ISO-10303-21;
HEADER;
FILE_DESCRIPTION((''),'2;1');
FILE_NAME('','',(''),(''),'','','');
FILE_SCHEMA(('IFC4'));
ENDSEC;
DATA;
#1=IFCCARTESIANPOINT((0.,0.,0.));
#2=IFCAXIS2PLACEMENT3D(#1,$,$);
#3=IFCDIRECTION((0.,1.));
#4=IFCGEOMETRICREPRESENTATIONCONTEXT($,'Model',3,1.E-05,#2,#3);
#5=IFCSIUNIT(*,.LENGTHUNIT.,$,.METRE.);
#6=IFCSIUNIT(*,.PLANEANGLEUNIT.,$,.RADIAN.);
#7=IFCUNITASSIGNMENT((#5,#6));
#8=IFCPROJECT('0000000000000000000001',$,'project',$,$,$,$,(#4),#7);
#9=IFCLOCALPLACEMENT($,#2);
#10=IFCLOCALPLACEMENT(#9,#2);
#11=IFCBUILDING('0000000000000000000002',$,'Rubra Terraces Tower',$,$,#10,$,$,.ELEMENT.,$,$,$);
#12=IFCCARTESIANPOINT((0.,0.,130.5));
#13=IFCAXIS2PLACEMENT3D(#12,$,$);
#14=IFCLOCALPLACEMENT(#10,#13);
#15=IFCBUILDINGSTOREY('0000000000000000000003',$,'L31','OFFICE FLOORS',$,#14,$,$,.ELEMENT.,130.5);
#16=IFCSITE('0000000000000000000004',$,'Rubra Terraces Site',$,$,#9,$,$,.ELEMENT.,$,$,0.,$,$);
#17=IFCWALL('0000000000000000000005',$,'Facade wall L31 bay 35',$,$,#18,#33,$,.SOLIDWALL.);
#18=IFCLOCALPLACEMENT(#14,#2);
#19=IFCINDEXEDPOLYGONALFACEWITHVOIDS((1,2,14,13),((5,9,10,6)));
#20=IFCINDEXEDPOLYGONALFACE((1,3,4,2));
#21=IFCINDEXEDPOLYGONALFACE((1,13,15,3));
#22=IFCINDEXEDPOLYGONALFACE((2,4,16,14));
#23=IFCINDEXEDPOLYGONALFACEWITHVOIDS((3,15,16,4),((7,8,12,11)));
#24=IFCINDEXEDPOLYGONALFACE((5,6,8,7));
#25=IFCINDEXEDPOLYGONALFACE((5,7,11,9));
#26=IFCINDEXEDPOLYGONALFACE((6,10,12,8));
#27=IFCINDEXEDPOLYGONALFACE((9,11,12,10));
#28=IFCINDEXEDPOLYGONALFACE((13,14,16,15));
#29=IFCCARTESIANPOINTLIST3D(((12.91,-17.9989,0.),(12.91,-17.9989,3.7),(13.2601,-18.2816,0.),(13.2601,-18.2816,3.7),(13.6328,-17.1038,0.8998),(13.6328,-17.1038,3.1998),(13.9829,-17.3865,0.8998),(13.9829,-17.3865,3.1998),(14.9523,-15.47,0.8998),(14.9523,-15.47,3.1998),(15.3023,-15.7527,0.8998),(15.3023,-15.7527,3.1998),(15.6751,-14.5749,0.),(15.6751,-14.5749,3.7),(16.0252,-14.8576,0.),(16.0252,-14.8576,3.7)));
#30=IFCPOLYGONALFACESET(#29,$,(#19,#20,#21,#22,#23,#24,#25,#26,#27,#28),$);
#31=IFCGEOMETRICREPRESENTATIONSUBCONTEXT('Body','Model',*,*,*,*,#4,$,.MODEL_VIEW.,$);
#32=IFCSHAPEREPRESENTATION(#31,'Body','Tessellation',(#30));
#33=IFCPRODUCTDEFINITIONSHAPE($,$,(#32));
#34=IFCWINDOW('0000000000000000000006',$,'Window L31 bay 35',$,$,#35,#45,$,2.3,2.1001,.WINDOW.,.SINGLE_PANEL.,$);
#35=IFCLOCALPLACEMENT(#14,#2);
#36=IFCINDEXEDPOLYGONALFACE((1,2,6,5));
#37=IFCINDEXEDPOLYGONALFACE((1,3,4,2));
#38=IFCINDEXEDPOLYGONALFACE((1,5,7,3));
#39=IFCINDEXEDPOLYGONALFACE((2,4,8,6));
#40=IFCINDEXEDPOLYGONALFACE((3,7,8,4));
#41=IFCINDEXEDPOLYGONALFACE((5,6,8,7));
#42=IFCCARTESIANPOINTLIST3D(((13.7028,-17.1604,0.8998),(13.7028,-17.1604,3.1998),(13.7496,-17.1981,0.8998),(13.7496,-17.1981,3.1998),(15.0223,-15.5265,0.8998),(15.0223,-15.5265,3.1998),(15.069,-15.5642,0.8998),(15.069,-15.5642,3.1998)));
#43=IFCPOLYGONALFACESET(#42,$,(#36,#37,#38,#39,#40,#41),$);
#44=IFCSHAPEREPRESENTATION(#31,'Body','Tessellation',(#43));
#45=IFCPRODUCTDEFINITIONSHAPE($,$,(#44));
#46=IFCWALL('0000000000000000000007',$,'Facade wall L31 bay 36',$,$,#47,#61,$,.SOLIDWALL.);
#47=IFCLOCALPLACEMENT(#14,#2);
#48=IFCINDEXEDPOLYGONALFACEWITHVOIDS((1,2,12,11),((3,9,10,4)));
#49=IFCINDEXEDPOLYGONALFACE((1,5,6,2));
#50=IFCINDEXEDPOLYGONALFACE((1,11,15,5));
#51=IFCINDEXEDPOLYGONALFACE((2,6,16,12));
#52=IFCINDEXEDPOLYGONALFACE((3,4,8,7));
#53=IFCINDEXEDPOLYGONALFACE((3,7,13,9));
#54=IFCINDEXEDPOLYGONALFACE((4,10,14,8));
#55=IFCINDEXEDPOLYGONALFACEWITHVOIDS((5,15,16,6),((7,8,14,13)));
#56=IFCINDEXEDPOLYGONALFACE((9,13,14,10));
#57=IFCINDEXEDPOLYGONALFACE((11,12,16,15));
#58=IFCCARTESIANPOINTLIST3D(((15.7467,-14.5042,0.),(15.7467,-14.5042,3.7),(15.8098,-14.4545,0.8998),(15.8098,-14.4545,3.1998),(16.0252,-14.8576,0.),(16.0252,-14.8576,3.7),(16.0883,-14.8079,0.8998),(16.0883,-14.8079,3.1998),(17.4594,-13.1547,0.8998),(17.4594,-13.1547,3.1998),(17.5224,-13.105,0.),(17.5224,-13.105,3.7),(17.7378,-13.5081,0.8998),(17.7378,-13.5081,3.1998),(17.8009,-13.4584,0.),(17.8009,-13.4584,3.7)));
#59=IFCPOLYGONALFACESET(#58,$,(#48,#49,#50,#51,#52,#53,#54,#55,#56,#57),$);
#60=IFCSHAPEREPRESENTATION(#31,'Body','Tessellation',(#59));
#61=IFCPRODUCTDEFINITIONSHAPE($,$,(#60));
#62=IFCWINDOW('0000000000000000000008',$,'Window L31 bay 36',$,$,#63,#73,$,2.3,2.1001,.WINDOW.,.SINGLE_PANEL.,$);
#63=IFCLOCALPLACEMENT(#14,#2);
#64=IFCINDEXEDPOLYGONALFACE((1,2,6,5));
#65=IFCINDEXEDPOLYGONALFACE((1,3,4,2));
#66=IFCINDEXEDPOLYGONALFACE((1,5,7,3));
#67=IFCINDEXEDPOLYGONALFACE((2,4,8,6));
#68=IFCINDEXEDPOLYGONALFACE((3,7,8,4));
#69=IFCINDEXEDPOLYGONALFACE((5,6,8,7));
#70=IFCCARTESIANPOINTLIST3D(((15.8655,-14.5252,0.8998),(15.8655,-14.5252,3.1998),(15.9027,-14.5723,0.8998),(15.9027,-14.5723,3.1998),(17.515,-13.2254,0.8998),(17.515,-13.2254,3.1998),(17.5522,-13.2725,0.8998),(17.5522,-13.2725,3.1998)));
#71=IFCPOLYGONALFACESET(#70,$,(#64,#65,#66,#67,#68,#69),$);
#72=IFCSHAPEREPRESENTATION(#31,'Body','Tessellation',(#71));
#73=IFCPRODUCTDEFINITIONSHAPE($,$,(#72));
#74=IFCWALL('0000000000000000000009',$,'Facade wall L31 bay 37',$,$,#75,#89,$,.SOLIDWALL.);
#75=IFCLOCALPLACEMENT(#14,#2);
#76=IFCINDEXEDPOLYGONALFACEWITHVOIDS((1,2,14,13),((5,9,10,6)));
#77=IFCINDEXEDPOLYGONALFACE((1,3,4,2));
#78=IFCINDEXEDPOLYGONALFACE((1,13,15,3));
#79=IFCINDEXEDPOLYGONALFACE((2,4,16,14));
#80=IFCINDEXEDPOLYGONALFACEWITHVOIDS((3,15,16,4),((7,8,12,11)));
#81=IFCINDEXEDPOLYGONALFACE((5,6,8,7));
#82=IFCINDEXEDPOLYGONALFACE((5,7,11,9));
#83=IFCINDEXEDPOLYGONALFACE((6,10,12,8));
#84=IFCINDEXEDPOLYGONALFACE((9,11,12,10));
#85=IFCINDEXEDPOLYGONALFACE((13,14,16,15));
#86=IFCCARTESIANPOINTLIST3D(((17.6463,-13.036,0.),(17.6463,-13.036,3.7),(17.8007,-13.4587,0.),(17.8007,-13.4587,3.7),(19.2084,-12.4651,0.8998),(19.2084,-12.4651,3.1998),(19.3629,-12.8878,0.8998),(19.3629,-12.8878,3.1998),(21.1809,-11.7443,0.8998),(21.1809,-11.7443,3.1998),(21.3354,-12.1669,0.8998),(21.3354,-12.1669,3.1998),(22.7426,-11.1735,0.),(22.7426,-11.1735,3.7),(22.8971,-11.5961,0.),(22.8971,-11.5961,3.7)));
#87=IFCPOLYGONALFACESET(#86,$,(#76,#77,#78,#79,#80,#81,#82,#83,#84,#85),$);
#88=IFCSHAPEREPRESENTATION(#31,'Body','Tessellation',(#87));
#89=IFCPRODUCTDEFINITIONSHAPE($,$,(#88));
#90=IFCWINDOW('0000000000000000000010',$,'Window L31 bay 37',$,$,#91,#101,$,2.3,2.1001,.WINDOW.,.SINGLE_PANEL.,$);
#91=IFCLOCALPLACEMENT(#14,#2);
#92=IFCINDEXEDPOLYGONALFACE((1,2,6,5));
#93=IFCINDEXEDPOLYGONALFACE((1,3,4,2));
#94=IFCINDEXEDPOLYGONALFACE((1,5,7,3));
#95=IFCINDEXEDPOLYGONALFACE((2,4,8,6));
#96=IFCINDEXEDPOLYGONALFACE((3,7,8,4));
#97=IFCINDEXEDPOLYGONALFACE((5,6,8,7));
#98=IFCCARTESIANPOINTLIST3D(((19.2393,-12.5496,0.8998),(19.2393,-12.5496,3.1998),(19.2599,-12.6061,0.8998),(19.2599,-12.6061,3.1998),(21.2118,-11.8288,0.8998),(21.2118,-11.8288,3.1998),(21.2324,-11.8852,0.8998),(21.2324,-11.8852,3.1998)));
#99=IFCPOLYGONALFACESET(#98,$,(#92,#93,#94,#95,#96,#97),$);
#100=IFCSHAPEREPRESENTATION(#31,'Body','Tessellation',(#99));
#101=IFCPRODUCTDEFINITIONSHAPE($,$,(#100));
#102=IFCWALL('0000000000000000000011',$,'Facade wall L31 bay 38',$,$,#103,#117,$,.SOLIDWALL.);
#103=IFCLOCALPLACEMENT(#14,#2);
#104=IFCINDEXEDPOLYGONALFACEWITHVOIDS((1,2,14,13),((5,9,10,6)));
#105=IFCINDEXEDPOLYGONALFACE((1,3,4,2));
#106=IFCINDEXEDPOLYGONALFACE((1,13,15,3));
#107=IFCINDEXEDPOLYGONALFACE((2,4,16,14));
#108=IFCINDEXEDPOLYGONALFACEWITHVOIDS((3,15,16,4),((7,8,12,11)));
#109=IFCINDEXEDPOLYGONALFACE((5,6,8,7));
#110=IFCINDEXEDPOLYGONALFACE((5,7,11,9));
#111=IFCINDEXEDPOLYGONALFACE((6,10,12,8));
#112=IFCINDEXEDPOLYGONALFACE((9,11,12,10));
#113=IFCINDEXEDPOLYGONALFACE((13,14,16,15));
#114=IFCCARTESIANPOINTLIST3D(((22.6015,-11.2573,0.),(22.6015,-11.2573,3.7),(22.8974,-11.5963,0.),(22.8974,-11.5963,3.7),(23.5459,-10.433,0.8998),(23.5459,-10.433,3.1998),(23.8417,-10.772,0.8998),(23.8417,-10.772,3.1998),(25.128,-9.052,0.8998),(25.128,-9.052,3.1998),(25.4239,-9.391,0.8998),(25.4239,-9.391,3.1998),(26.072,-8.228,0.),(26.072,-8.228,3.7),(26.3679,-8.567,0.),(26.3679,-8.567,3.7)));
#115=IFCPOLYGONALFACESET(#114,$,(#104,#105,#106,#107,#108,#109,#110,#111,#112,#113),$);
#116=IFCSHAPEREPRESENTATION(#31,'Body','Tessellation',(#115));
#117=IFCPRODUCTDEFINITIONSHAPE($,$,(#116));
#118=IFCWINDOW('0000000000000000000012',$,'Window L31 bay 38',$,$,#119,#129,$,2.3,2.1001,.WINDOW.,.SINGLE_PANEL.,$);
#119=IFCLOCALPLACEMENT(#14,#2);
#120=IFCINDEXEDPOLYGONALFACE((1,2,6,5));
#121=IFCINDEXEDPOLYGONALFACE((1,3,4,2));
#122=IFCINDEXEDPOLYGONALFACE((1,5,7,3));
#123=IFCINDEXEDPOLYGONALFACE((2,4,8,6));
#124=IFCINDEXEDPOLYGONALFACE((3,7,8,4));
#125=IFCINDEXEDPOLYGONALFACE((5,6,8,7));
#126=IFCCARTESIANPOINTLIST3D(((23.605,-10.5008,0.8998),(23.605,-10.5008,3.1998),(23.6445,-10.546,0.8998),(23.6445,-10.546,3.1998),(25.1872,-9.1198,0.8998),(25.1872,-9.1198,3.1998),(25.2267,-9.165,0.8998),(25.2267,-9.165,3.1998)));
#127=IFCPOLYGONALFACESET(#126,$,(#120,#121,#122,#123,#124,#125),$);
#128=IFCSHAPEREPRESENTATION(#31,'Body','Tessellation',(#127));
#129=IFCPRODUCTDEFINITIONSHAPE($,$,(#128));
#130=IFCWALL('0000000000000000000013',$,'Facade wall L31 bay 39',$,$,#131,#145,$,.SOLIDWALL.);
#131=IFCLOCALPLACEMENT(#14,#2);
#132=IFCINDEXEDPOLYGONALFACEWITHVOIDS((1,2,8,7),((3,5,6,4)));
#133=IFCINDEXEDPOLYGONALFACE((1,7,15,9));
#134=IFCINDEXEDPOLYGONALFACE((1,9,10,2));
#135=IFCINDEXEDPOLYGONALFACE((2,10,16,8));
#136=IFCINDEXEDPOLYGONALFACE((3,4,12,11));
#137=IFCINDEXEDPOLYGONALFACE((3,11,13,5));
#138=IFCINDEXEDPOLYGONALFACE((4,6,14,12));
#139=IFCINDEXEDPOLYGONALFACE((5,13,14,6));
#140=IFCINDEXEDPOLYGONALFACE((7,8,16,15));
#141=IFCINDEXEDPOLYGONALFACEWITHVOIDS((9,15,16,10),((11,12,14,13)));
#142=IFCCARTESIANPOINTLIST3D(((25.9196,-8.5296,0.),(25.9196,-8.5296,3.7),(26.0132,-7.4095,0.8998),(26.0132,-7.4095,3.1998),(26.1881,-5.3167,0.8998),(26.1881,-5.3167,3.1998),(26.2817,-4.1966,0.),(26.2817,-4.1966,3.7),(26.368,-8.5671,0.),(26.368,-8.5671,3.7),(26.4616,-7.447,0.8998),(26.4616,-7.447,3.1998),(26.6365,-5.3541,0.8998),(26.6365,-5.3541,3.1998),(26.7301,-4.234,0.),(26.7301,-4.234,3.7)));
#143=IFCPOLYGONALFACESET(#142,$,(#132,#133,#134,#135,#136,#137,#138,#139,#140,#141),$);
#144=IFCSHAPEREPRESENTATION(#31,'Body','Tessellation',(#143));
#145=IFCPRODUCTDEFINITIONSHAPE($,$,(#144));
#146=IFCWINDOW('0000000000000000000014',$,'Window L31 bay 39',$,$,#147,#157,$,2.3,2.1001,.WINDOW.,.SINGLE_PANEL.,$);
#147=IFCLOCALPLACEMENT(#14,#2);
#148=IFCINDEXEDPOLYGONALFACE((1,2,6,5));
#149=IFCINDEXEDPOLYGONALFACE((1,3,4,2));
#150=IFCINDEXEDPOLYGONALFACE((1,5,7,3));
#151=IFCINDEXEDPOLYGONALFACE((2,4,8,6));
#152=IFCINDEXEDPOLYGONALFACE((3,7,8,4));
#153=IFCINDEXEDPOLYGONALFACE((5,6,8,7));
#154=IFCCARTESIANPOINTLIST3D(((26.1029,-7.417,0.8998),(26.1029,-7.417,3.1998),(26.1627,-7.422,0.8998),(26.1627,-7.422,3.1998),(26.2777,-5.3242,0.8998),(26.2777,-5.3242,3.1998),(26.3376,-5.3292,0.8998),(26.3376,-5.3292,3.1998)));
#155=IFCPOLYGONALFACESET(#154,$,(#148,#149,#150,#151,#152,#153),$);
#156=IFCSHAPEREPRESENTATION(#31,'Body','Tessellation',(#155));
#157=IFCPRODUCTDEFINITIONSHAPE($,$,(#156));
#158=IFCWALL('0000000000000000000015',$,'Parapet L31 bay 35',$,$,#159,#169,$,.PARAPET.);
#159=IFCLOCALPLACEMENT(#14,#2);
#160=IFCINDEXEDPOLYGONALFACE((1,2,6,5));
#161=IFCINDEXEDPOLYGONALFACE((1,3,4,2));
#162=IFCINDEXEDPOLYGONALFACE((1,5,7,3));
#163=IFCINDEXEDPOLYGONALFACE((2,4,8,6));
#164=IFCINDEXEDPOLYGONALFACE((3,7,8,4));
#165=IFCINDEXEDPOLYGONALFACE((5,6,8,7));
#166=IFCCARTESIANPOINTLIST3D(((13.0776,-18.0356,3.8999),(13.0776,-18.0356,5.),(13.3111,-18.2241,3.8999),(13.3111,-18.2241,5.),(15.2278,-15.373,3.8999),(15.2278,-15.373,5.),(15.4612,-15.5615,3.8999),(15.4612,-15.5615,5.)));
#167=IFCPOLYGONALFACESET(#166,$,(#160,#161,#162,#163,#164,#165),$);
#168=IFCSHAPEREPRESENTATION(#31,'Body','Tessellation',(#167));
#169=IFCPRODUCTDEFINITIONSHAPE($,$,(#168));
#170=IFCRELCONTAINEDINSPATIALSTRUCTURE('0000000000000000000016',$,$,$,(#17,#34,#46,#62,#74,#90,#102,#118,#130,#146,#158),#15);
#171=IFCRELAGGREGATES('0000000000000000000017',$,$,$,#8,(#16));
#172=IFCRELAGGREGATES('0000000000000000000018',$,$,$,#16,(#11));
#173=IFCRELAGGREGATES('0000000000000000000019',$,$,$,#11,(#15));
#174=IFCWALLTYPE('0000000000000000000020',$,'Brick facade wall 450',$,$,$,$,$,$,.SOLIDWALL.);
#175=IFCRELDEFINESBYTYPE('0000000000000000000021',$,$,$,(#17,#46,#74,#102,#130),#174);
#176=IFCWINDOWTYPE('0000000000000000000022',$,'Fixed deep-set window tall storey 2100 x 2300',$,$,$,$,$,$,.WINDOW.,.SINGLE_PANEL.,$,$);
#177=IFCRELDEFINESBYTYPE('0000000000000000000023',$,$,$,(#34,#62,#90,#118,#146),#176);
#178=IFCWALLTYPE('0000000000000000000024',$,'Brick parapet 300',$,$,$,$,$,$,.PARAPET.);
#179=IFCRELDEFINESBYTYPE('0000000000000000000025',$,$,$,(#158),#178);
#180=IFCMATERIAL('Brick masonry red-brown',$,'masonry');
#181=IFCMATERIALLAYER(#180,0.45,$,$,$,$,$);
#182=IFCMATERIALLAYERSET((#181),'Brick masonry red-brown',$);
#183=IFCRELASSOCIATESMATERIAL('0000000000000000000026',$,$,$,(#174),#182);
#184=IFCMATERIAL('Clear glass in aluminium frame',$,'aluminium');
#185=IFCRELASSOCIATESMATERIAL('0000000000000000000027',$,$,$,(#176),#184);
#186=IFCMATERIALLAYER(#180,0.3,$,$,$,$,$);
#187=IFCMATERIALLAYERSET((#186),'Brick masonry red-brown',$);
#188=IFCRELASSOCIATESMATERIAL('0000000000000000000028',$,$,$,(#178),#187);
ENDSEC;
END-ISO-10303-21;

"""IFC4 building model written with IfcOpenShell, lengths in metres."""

from ifc_helpers import new_model, si_unit, direction, frame, frame_2d, origin, place, context, subcontext, project, spatial, rectangle, extrude, material, layer, layer_set, type_object, element, fill, save


model = new_model("IFC4")

# Units and contexts
model_context = context("Model", 3, precision=1e-05, world=origin(), true_north=direction((0.0, 1.0)))
body_context = subcontext(model_context, "Body", "Model", "MODEL_VIEW")
ifc_project = project(units=[si_unit("LENGTHUNIT", "METRE"), si_unit("PLANEANGLEUNIT", "RADIAN")], contexts=[model_context])

# Site, building, storey
site_placement = place(None, origin())
site = spatial("IfcSite", under=ifc_project, at=site_placement, Name="Rubra Terraces Site", CompositionType="ELEMENT", RefElevation=0.0)
building_placement = place(site_placement, origin())
building = spatial("IfcBuilding", under=site, at=building_placement, Name="Rubra Terraces Tower", CompositionType="ELEMENT")
storey_placement = place(building_placement, frame((0.0, 0.0, 130.5)))
storey = spatial("IfcBuildingStorey", under=building, at=storey_placement, Name="L31", Description="OFFICE FLOORS", CompositionType="ELEMENT", Elevation=130.5)

# Walls, openings, windows
ifc_material_1 = material(Name="Brick masonry red-brown", Category="masonry")
ifc_layer_1 = layer(ifc_material_1, 0.45)
ifc_layer_set_1 = layer_set([ifc_layer_1], Name="Brick masonry red-brown")
wall_type_1 = type_object("IfcWallType", Name="Brick facade wall 450", PredefinedType="SOLIDWALL", material=ifc_layer_set_1)
wall_1_placement = place(storey_placement, frame((13.085, -18.1404, 0.0), z_axis=(0.0, 0.0, 1.0), x_axis=(0.628274, 0.777992, 0.0)))
wall_1 = element("IfcWall", 1, at=wall_1_placement, inside=storey, type_object=wall_type_1, Name="Facade wall L31 bay 35", PredefinedType="SOLIDWALL", context=body_context, shape_type="SweptSolid", body=[
    extrude(rectangle(XDim=4.4011, YDim=0.45, at=frame_2d((2.2007, 0.0))), origin(), (0.0, 0.0, 1.0), 3.7),
])
opening_1_placement = place(wall_1_placement, frame((1.1506, 0.0, 0.8999)))
opening_1 = element("IfcOpeningElement", 2, at=opening_1_placement, cuts=wall_1, PredefinedType="OPENING", context=body_context, shape_type="SweptSolid", body=[
    extrude(rectangle(XDim=2.1001, YDim=2.3, at=frame_2d((1.05, 1.1499))), frame((0.0, 0.2349, 0.0), z_axis=(0.0, -1.0, 0.0), x_axis=(1.0, 0.0, 0.0)), (0.0, 0.0, 1.0), 0.47),
])
ifc_material_2 = material(Name="Clear glass in aluminium frame", Category="aluminium")
window_type = type_object("IfcWindowType", Name="Fixed deep-set window tall storey 2100 x 2300", PartitioningType="SINGLE_PANEL", PredefinedType="WINDOW", material=ifc_material_2)
window_1_placement = place(opening_1_placement, origin())
window_1 = element("IfcWindow", 3, at=window_1_placement, inside=storey, type_object=window_type, Name="Window L31 bay 35", OverallHeight=2.3, OverallWidth=2.1001, PartitioningType="SINGLE_PANEL", PredefinedType="WINDOW", context=body_context, shape_type="SweptSolid", body=[
    extrude(rectangle(XDim=2.1001, YDim=2.3, at=frame_2d((1.05, 1.1499))), frame((0.0, 0.135, 0.0), z_axis=(0.0, -1.0, 0.0), x_axis=(1.0, 0.0, 0.0)), (0.0, 0.0, 1.0), 0.0601),
])
fill(opening_1, window_1)
wall_2_placement = place(storey_placement, frame((15.886, -14.6809, 0.0), z_axis=(0.0, 0.0, 1.0), x_axis=(0.785452, 0.618923, 0.0)))
wall_2 = element("IfcWall", 4, at=wall_2_placement, inside=storey, type_object=wall_type_1, Name="Facade wall L31 bay 36", PredefinedType="SOLIDWALL", context=body_context, shape_type="SweptSolid", body=[
    extrude(rectangle(XDim=2.2607, YDim=0.45, at=frame_2d((1.1304, 0.0))), origin(), (0.0, 0.0, 1.0), 3.7),
])
opening_2_placement = place(wall_2_placement, frame((0.0803, 0.0, 0.8999)))
opening_2 = element("IfcOpeningElement", 5, at=opening_2_placement, cuts=wall_2, PredefinedType="OPENING", context=body_context, shape_type="SweptSolid", body=[
    extrude(rectangle(XDim=2.1001, YDim=2.3, at=frame_2d((1.05, 1.1499))), frame((0.0, 0.2349, 0.0), z_axis=(0.0, -1.0, 0.0), x_axis=(1.0, 0.0, 0.0)), (0.0, 0.0, 1.0), 0.47),
])
window_2_placement = place(opening_2_placement, origin())
window_2 = element("IfcWindow", 6, at=window_2_placement, inside=storey, type_object=window_type, Name="Window L31 bay 36", OverallHeight=2.3, OverallWidth=2.1001, PartitioningType="SINGLE_PANEL", PredefinedType="WINDOW", context=body_context, shape_type="SweptSolid", body=[
    extrude(rectangle(XDim=2.1001, YDim=2.3, at=frame_2d((1.05, 1.1499))), frame((0.0, 0.135, 0.0), z_axis=(0.0, -1.0, 0.0), x_axis=(1.0, 0.0, 0.0)), (0.0, 0.0, 1.0), 0.0601),
])
fill(opening_2, window_2)
wall_3_placement = place(storey_placement, frame((17.7236, -13.2473, 0.0), z_axis=(0.0, 0.0, 1.0), x_axis=(0.939242, 0.343256, 0.0)))
wall_3 = element("IfcWall", 7, at=wall_3_placement, inside=storey, type_object=wall_type_1, Name="Facade wall L31 bay 37", PredefinedType="SOLIDWALL", context=body_context, shape_type="SweptSolid", body=[
    extrude(rectangle(XDim=5.426, YDim=0.45, at=frame_2d((2.7129, 0.0))), origin(), (0.0, 0.0, 1.0), 3.7),
])
opening_3_placement = place(wall_3_placement, frame((1.6631, 0.0, 0.8999)))
opening_3 = element("IfcOpeningElement", 8, at=opening_3_placement, cuts=wall_3, PredefinedType="OPENING", context=body_context, shape_type="SweptSolid", body=[
    extrude(rectangle(XDim=2.1001, YDim=2.3, at=frame_2d((1.05, 1.1499))), frame((0.0, 0.2349, 0.0), z_axis=(0.0, -1.0, 0.0), x_axis=(1.0, 0.0, 0.0)), (0.0, 0.0, 1.0), 0.47),
])
window_3_placement = place(opening_3_placement, origin())
window_3 = element("IfcWindow", 9, at=window_3_placement, inside=storey, type_object=window_type, Name="Window L31 bay 37", OverallHeight=2.3, OverallWidth=2.1001, PartitioningType="SINGLE_PANEL", PredefinedType="WINDOW", context=body_context, shape_type="SweptSolid", body=[
    extrude(rectangle(XDim=2.1001, YDim=2.3, at=frame_2d((1.05, 1.1499))), frame((0.0, 0.135, 0.0), z_axis=(0.0, -1.0, 0.0), x_axis=(1.0, 0.0, 0.0)), (0.0, 0.0, 1.0), 0.0601),
])
fill(opening_3, window_3)
wall_4_placement = place(storey_placement, frame((22.7495, -11.4268, 0.0), z_axis=(0.0, 0.0, 1.0), x_axis=(0.753367, 0.6576, 0.0)))
wall_4 = element("IfcWall", 10, at=wall_4_placement, inside=storey, type_object=wall_type_1, Name="Facade wall L31 bay 38", PredefinedType="SOLIDWALL", context=body_context, shape_type="SweptSolid", body=[
    extrude(rectangle(XDim=4.6067, YDim=0.45, at=frame_2d((2.3032, 0.0))), origin(), (0.0, 0.0, 1.0), 3.7),
])
opening_4_placement = place(wall_4_placement, frame((1.2534, 0.0, 0.8999)))
opening_4 = element("IfcOpeningElement", 11, at=opening_4_placement, cuts=wall_4, PredefinedType="OPENING", context=body_context, shape_type="SweptSolid", body=[
    extrude(rectangle(XDim=2.1001, YDim=2.3, at=frame_2d((1.05, 1.1499))), frame((0.0, 0.2349, 0.0), z_axis=(0.0, -1.0, 0.0), x_axis=(1.0, 0.0, 0.0)), (0.0, 0.0, 1.0), 0.47),
])
window_4_placement = place(opening_4_placement, origin())
window_4 = element("IfcWindow", 12, at=window_4_placement, inside=storey, type_object=window_type, Name="Window L31 bay 38", OverallHeight=2.3, OverallWidth=2.1001, PartitioningType="SINGLE_PANEL", PredefinedType="WINDOW", context=body_context, shape_type="SweptSolid", body=[
    extrude(rectangle(XDim=2.1001, YDim=2.3, at=frame_2d((1.05, 1.1499))), frame((0.0, 0.135, 0.0), z_axis=(0.0, -1.0, 0.0), x_axis=(1.0, 0.0, 0.0)), (0.0, 0.0, 1.0), 0.0601),
])
fill(opening_4, window_4)
wall_5_placement = place(storey_placement, frame((26.1438, -8.5483, 0.0), z_axis=(0.0, 0.0, 1.0), x_axis=(0.083269, 0.996527, 0.0)))
wall_5 = element("IfcWall", 13, at=wall_5_placement, inside=storey, type_object=wall_type_1, Name="Facade wall L31 bay 39", PredefinedType="SOLIDWALL", context=body_context, shape_type="SweptSolid", body=[
    extrude(rectangle(XDim=4.3481, YDim=0.45, at=frame_2d((2.1741, 0.0))), origin(), (0.0, 0.0, 1.0), 3.7),
])
opening_5_placement = place(wall_5_placement, frame((1.124, 0.0, 0.8999)))
opening_5 = element("IfcOpeningElement", 14, at=opening_5_placement, cuts=wall_5, PredefinedType="OPENING", context=body_context, shape_type="SweptSolid", body=[
    extrude(rectangle(XDim=2.1001, YDim=2.3, at=frame_2d((1.05, 1.1499))), frame((0.0, 0.2349, 0.0), z_axis=(0.0, -1.0, 0.0), x_axis=(1.0, 0.0, 0.0)), (0.0, 0.0, 1.0), 0.47),
])
window_5_placement = place(opening_5_placement, origin())
window_5 = element("IfcWindow", 15, at=window_5_placement, inside=storey, type_object=window_type, Name="Window L31 bay 39", OverallHeight=2.3, OverallWidth=2.1001, PartitioningType="SINGLE_PANEL", PredefinedType="WINDOW", context=body_context, shape_type="SweptSolid", body=[
    extrude(rectangle(XDim=2.1001, YDim=2.3, at=frame_2d((1.05, 1.1499))), frame((0.0, 0.135, 0.0), z_axis=(0.0, -1.0, 0.0), x_axis=(1.0, 0.0, 0.0)), (0.0, 0.0, 1.0), 0.0601),
])
fill(opening_5, window_5)

# Wall
ifc_layer_2 = layer(ifc_material_1, 0.3)
ifc_layer_set_2 = layer_set([ifc_layer_2], Name="Brick masonry red-brown")
wall_type_2 = type_object("IfcWallType", Name="Brick parapet 300", PredefinedType="PARAPET", material=ifc_layer_set_2)
wall_6_placement = place(storey_placement, frame((13.1943, -18.1299, 3.8999), z_axis=(0.0, 0.0, 1.0), x_axis=(0.628264, 0.778, 0.0)))
element("IfcWall", 16, at=wall_6_placement, inside=storey, type_object=wall_type_2, Name="Parapet L31 bay 35", PredefinedType="PARAPET", context=body_context, shape_type="SweptSolid", body=[
    extrude(rectangle(XDim=3.4224, YDim=0.3, at=frame_2d((1.7112, 0.0))), origin(), (0.0, 0.0, 1.0), 1.1001),
])

save(model, "model.ifc")
